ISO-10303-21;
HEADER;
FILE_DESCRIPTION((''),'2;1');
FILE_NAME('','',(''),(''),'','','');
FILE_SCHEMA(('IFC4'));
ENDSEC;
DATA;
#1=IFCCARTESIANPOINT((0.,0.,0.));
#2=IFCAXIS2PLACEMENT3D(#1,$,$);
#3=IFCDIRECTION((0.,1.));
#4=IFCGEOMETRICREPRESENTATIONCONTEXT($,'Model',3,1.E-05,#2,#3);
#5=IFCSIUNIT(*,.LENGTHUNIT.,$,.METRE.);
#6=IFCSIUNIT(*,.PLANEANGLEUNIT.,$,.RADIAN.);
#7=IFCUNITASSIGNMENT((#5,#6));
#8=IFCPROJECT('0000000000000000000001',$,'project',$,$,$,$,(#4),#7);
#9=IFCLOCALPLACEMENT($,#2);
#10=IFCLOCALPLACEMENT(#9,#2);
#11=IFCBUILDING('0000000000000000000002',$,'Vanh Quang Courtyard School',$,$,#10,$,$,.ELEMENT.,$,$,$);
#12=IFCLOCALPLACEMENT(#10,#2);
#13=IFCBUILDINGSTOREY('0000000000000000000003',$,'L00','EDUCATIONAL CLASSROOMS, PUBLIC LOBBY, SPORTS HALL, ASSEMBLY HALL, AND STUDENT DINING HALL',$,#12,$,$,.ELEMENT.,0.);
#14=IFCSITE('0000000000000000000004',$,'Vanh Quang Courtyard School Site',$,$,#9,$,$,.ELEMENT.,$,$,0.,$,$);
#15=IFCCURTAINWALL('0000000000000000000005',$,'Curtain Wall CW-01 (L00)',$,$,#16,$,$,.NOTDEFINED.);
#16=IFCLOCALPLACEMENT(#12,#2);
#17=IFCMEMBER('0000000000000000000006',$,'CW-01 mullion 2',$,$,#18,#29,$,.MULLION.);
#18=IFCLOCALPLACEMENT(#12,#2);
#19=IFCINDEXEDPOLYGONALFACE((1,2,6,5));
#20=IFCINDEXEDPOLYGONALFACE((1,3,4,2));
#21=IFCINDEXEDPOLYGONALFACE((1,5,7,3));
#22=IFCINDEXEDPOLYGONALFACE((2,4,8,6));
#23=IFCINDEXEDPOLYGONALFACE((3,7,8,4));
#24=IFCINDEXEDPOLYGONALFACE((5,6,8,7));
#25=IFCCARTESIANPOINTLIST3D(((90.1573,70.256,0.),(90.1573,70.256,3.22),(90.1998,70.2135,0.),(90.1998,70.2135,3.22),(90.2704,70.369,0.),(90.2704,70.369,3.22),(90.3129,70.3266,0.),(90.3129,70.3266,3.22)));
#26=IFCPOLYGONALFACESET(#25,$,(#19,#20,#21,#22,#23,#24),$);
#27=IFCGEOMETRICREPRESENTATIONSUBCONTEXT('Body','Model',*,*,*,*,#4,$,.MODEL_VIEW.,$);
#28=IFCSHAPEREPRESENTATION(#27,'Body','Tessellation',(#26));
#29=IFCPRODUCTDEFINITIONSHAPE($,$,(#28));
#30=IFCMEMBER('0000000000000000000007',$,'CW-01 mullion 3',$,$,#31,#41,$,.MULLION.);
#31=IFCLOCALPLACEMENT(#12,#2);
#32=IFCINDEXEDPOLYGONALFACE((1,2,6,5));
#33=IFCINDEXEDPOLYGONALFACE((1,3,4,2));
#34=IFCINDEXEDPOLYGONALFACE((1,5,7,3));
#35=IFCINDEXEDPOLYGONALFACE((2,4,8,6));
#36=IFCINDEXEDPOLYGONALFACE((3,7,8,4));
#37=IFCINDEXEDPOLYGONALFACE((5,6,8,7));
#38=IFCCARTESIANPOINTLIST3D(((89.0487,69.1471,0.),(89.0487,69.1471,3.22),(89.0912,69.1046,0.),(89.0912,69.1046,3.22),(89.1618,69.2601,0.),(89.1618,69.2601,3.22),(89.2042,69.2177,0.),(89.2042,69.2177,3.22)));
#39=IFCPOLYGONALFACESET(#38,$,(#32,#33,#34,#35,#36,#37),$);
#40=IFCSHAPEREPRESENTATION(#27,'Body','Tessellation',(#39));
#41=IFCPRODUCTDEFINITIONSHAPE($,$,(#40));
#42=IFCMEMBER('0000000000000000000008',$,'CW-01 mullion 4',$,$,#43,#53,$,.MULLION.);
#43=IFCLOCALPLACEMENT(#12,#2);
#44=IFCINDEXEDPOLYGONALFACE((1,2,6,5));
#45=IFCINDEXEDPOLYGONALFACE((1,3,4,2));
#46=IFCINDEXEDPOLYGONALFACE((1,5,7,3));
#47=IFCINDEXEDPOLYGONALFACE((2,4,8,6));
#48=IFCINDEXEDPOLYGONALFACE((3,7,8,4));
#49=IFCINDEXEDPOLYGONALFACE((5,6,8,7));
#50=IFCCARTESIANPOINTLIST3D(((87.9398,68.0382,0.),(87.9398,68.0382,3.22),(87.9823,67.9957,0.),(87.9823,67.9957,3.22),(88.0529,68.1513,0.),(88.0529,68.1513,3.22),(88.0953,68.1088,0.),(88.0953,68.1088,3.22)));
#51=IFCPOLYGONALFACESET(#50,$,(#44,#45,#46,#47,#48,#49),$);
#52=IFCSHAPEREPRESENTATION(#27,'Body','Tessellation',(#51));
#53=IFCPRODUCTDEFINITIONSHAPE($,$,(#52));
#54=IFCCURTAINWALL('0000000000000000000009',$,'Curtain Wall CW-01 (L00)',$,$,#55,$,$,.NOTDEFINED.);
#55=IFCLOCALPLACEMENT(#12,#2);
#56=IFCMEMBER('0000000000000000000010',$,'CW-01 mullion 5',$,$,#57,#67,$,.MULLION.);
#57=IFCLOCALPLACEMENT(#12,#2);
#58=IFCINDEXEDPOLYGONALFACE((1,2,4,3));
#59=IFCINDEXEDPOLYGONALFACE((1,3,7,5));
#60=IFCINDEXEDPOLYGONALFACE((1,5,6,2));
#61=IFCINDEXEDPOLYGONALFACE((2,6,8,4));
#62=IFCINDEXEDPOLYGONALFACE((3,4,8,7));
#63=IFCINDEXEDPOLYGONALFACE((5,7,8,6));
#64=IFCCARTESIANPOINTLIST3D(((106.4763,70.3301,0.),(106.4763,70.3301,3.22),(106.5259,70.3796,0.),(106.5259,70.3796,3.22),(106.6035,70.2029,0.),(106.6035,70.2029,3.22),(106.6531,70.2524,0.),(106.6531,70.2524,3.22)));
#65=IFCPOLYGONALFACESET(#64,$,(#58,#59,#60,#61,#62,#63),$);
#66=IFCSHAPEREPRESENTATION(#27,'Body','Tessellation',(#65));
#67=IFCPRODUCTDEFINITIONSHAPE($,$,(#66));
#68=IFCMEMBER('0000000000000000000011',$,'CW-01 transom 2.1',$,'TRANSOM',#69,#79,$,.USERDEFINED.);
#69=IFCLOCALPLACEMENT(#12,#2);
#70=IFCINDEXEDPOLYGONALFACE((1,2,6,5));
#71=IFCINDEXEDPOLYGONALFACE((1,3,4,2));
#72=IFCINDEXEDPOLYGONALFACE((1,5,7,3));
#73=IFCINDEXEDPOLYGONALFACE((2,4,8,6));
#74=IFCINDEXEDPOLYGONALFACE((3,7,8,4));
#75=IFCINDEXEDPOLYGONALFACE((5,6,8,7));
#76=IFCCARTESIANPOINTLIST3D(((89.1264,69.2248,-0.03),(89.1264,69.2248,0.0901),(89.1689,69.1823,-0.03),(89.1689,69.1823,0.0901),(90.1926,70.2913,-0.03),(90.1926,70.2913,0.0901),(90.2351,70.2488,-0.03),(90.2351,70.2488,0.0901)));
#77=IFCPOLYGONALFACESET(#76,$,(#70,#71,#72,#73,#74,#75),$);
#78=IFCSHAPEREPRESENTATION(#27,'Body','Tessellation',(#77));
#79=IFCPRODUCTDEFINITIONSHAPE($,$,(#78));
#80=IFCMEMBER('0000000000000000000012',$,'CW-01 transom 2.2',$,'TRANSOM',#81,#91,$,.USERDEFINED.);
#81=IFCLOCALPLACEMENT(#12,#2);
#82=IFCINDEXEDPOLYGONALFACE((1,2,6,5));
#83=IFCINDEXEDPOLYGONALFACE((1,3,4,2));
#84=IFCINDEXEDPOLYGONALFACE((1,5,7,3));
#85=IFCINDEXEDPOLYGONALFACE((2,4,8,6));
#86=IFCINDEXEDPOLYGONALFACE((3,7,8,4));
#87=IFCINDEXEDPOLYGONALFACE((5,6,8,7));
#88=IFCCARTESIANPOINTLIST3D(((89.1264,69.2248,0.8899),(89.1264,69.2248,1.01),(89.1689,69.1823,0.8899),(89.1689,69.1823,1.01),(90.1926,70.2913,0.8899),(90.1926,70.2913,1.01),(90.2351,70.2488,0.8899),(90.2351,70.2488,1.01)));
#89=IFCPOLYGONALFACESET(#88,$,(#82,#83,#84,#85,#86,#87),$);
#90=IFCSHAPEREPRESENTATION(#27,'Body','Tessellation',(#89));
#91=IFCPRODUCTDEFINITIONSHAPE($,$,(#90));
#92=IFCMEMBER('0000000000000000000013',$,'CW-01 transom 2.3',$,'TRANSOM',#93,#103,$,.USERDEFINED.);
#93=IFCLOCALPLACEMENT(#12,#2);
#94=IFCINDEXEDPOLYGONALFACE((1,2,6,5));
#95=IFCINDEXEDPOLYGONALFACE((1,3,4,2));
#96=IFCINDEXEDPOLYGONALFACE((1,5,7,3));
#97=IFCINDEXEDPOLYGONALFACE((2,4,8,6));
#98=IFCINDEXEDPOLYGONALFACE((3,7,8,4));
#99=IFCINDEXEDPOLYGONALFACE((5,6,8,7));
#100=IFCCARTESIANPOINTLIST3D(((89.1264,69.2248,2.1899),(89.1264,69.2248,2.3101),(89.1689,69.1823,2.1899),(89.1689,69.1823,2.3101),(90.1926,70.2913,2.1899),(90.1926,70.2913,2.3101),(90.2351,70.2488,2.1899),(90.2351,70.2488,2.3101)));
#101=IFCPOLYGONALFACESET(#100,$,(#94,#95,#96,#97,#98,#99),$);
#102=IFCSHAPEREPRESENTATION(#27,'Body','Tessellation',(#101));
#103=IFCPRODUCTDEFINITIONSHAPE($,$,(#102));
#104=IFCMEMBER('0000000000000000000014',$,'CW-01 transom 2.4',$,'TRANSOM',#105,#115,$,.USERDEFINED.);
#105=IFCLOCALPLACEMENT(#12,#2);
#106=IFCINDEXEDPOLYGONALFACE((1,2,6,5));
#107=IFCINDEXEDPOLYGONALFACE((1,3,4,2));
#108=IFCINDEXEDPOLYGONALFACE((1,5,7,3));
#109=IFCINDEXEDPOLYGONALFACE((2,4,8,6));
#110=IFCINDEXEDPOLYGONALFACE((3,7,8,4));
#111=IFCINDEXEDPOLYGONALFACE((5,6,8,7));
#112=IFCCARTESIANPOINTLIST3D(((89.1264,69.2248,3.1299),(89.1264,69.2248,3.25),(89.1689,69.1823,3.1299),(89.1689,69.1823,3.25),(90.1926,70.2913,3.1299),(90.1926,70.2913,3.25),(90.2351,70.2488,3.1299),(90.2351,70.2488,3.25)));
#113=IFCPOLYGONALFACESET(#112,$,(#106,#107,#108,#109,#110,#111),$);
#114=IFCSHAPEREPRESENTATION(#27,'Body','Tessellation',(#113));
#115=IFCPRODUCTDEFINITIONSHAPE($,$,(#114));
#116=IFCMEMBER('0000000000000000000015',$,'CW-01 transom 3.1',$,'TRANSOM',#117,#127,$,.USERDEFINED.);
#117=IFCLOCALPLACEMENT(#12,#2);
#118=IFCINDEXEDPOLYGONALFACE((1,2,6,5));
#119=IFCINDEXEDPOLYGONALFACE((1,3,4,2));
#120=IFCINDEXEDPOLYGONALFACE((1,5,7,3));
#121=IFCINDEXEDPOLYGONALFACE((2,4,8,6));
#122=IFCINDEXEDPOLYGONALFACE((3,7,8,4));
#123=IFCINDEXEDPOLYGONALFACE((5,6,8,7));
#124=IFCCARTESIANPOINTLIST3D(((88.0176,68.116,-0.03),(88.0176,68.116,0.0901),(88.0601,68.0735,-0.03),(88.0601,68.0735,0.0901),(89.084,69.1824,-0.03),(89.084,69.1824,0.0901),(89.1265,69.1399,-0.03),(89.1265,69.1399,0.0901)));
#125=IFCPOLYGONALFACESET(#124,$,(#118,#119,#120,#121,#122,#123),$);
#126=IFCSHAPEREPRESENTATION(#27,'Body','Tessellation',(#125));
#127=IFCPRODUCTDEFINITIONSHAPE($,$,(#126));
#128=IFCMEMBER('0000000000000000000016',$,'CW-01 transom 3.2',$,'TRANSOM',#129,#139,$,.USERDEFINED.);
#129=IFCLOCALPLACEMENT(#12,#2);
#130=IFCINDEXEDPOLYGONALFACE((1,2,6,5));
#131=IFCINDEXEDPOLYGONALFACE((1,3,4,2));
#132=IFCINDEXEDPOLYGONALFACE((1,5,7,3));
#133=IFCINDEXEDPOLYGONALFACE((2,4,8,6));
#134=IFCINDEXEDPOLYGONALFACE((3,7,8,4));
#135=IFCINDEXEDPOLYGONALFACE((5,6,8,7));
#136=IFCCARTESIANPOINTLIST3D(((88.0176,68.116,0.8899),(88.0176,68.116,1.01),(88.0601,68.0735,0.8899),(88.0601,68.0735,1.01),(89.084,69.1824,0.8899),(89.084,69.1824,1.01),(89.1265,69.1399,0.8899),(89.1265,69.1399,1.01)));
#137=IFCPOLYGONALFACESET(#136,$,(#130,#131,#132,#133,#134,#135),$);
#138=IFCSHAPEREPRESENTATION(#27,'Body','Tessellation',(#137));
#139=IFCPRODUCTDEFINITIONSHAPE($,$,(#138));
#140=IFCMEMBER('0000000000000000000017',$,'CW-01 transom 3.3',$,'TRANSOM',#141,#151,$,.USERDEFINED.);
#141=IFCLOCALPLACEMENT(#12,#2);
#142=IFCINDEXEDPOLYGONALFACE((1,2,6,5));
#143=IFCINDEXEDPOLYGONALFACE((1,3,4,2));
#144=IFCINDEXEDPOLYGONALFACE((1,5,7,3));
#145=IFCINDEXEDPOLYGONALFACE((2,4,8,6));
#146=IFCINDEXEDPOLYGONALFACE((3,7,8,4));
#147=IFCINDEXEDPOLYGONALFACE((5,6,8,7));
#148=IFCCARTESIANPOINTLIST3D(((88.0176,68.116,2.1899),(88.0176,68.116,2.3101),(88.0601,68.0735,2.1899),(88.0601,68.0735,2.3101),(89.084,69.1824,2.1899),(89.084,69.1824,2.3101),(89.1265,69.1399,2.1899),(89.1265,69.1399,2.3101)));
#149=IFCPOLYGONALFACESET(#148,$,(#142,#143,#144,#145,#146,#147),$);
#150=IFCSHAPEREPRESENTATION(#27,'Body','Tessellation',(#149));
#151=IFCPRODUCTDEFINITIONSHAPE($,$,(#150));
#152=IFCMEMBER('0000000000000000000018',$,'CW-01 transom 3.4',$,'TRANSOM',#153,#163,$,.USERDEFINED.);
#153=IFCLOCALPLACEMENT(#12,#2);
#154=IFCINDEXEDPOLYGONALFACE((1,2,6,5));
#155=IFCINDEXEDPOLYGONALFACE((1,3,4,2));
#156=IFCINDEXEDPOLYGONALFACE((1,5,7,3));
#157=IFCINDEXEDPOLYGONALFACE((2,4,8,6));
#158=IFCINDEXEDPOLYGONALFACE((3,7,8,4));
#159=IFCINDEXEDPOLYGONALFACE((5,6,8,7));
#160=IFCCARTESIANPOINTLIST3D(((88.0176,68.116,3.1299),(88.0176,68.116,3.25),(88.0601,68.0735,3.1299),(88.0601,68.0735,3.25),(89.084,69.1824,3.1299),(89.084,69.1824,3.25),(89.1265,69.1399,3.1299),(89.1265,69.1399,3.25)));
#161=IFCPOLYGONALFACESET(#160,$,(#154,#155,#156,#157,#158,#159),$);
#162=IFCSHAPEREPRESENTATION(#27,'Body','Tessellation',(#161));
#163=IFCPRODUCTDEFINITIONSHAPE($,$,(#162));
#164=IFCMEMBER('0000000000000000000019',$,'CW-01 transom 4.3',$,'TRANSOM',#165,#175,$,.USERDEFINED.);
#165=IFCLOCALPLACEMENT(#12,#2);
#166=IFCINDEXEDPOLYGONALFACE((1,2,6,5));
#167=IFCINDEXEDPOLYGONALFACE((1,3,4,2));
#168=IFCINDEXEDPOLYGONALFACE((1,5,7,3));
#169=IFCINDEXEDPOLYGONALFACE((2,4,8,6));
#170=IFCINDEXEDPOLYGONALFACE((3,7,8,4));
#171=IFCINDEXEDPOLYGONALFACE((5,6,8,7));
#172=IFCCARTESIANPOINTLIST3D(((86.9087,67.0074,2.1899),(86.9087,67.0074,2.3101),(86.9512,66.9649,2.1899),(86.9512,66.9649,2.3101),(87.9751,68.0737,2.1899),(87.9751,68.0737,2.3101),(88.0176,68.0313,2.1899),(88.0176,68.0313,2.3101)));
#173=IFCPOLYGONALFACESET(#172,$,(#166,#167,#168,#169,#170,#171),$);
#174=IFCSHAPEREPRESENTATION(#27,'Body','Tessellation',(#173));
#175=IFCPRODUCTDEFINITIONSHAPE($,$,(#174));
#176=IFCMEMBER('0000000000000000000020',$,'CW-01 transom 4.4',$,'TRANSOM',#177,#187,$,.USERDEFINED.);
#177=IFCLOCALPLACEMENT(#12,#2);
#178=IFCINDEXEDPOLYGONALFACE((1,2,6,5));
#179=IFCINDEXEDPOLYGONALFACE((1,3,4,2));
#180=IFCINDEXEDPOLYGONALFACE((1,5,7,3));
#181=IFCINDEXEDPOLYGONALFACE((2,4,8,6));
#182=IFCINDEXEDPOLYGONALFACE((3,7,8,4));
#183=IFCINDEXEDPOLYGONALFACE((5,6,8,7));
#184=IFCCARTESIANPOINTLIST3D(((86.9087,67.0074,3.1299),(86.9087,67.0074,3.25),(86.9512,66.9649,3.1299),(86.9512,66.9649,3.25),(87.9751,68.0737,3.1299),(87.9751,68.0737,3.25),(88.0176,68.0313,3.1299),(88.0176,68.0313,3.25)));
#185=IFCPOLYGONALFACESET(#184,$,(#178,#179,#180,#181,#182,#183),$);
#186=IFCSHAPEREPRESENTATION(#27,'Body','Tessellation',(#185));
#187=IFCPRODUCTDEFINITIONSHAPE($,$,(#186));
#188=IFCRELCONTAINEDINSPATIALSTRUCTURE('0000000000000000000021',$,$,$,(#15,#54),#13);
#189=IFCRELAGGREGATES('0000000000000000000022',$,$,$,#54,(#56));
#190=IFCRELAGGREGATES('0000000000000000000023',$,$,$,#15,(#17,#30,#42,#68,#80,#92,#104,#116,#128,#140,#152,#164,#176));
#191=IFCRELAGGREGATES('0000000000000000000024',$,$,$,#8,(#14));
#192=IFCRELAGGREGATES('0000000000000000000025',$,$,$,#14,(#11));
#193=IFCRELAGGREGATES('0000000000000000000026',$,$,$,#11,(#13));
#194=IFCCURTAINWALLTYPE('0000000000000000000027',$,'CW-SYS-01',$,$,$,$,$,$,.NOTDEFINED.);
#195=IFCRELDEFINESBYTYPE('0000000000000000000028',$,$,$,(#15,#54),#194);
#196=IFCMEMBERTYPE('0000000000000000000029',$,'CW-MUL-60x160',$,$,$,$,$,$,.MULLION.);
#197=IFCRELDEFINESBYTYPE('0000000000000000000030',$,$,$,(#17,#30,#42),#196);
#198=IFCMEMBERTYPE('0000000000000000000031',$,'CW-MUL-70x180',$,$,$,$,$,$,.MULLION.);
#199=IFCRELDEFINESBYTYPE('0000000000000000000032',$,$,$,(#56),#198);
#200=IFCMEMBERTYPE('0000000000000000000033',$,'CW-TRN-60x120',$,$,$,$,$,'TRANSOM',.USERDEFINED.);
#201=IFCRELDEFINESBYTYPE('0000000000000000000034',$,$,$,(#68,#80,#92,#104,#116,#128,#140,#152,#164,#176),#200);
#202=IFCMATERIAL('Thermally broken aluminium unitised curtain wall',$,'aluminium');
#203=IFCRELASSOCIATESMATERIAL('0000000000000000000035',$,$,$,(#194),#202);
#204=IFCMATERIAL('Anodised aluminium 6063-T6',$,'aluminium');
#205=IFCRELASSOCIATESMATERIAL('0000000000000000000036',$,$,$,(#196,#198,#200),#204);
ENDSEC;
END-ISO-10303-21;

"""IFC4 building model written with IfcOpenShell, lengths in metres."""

from ifc_helpers import new_model, si_unit, direction, frame, origin, origin_2d, place, context, subcontext, project, spatial, rectangle, extrude, material, material_profile, profile_set, type_object, element, aggregate, save


model = new_model("IFC4")

# Units and contexts
model_context = context("Model", 3, precision=1e-05, world=origin(), true_north=direction((0.0, 1.0)))
body_context = subcontext(model_context, "Body", "Model", "MODEL_VIEW")
ifc_project = project(units=[si_unit("LENGTHUNIT", "METRE"), si_unit("PLANEANGLEUNIT", "RADIAN")], contexts=[model_context])

# Site, building, storey
site_placement = place(None, origin())
site = spatial("IfcSite", under=ifc_project, at=site_placement, Name="Vanh Quang Courtyard School Site", CompositionType="ELEMENT", RefElevation=0.0)
building_placement = place(site_placement, origin())
building = spatial("IfcBuilding", under=site, at=building_placement, Name="Vanh Quang Courtyard School", CompositionType="ELEMENT")
storey_placement = place(building_placement, origin())
storey = spatial("IfcBuildingStorey", under=building, at=storey_placement, Name="L00", Description="EDUCATIONAL CLASSROOMS, PUBLIC LOBBY, SPORTS HALL, ASSEMBLY HALL, AND STUDENT DINING HALL", CompositionType="ELEMENT", Elevation=0.0)

# Curtain wall, members
ifc_material_1 = material(Name="Thermally broken aluminium unitised curtain wall", Category="aluminium")
curtain_wall_type = type_object("IfcCurtainWallType", Name="CW-SYS-01", PredefinedType="NOTDEFINED", material=ifc_material_1)
curtain_wall_1_placement = place(storey_placement, origin())
curtain_wall_1 = element("IfcCurtainWall", 1, at=curtain_wall_1_placement, inside=storey, type_object=curtain_wall_type, Name="Curtain Wall CW-01 (L00)", PredefinedType="NOTDEFINED")
ifc_material_2 = material(Name="Anodised aluminium 6063-T6", Category="aluminium")
ifc_material_profile_1 = material_profile(ifc_material_2, rectangle(XDim=0.0601, YDim=0.1599, at=origin_2d()), Name="ALU-MUL 60x160")
ifc_profile_set_1 = profile_set([ifc_material_profile_1], Name="Anodised aluminium 6063-T6")
member_type_1 = type_object("IfcMemberType", Name="CW-MUL-60x160", PredefinedType="MULLION", material=ifc_profile_set_1)
member_1_placement = place(storey_placement, frame((90.2351, 70.2913, 0.0), z_axis=(0.0, 0.0, 1.0), x_axis=(0.707107, -0.707107, 0.0)))
member_1 = element("IfcMember", 2, at=member_1_placement, type_object=member_type_1, Name="CW-01 mullion 2", PredefinedType="MULLION", context=body_context, shape_type="SweptSolid", body=[
    extrude(rectangle(XDim=0.0601, YDim=0.1599, at=origin_2d()), origin(), (0.0, 0.0, 1.0), 3.22),
])
member_2_placement = place(storey_placement, frame((89.1265, 69.1824, 0.0), z_axis=(0.0, 0.0, 1.0), x_axis=(0.707107, -0.707107, 0.0)))
member_2 = element("IfcMember", 3, at=member_2_placement, type_object=member_type_1, Name="CW-01 mullion 3", PredefinedType="MULLION", context=body_context, shape_type="SweptSolid", body=[
    extrude(rectangle(XDim=0.0601, YDim=0.1599, at=origin_2d()), origin(), (0.0, 0.0, 1.0), 3.22),
])
member_3_placement = place(storey_placement, frame((88.0176, 68.0735, 0.0), z_axis=(0.0, 0.0, 1.0), x_axis=(0.707107, -0.707107, 0.0)))
member_3 = element("IfcMember", 4, at=member_3_placement, type_object=member_type_1, Name="CW-01 mullion 4", PredefinedType="MULLION", context=body_context, shape_type="SweptSolid", body=[
    extrude(rectangle(XDim=0.0601, YDim=0.1599, at=origin_2d()), origin(), (0.0, 0.0, 1.0), 3.22),
])

# Curtain wall, member
curtain_wall_2_placement = place(storey_placement, origin())
curtain_wall_2 = element("IfcCurtainWall", 5, at=curtain_wall_2_placement, inside=storey, type_object=curtain_wall_type, Name="Curtain Wall CW-01 (L00)", PredefinedType="NOTDEFINED")
ifc_material_profile_2 = material_profile(ifc_material_2, rectangle(XDim=0.0701, YDim=0.1799, at=origin_2d()), Name="ALU-MUL 70x180")
ifc_profile_set_2 = profile_set([ifc_material_profile_2], Name="Anodised aluminium 6063-T6")
member_type_2 = type_object("IfcMemberType", Name="CW-MUL-70x180", PredefinedType="MULLION", material=ifc_profile_set_2)
member_4_placement = place(storey_placement, frame((106.5647, 70.2913, 0.0), z_axis=(0.0, 0.0, 1.0), x_axis=(-0.707107, -0.707107, 0.0)))
member_4 = element("IfcMember", 6, at=member_4_placement, type_object=member_type_2, Name="CW-01 mullion 5", PredefinedType="MULLION", context=body_context, shape_type="SweptSolid", body=[
    extrude(rectangle(XDim=0.0701, YDim=0.1799, at=origin_2d()), origin(), (0.0, 0.0, 1.0), 3.22),
])

# Members
ifc_material_profile_3 = material_profile(ifc_material_2, rectangle(XDim=0.0601, YDim=0.1201, at=origin_2d()), Name="ALU-TRN 60x120")
ifc_profile_set_3 = profile_set([ifc_material_profile_3], Name="Anodised aluminium 6063-T6")
member_type_3 = type_object("IfcMemberType", Name="CW-TRN-60x120", ElementType="TRANSOM", PredefinedType="USERDEFINED", material=ifc_profile_set_3)
member_5_placement = place(storey_placement, frame((90.2139, 70.27, 0.03), z_axis=(-0.707026, -0.707188, 0.0), x_axis=(0.707188, -0.707026, 0.0)))
member_5 = element("IfcMember", 7, at=member_5_placement, type_object=member_type_3, Name="CW-01 transom 2.1", ObjectType="TRANSOM", PredefinedType="USERDEFINED", context=body_context, shape_type="SweptSolid", body=[
    extrude(rectangle(XDim=0.0601, YDim=0.1201, at=origin_2d()), origin(), (0.0, 0.0, 1.0), 1.5081),
])
member_6_placement = place(storey_placement, frame((90.2139, 70.27, 0.95), z_axis=(-0.707026, -0.707188, 0.0), x_axis=(0.707188, -0.707026, 0.0)))
member_6 = element("IfcMember", 8, at=member_6_placement, type_object=member_type_3, Name="CW-01 transom 2.2", ObjectType="TRANSOM", PredefinedType="USERDEFINED", context=body_context, shape_type="SweptSolid", body=[
    extrude(rectangle(XDim=0.0601, YDim=0.1201, at=origin_2d()), origin(), (0.0, 0.0, 1.0), 1.5081),
])
member_7_placement = place(storey_placement, frame((90.2139, 70.27, 2.25), z_axis=(-0.707026, -0.707188, 0.0), x_axis=(0.707188, -0.707026, 0.0)))
member_7 = element("IfcMember", 9, at=member_7_placement, type_object=member_type_3, Name="CW-01 transom 2.3", ObjectType="TRANSOM", PredefinedType="USERDEFINED", context=body_context, shape_type="SweptSolid", body=[
    extrude(rectangle(XDim=0.0601, YDim=0.1201, at=origin_2d()), origin(), (0.0, 0.0, 1.0), 1.5081),
])
member_8_placement = place(storey_placement, frame((90.2139, 70.27, 3.1899), z_axis=(-0.707026, -0.707188, 0.0), x_axis=(0.707188, -0.707026, 0.0)))
member_8 = element("IfcMember", 10, at=member_8_placement, type_object=member_type_3, Name="CW-01 transom 2.4", ObjectType="TRANSOM", PredefinedType="USERDEFINED", context=body_context, shape_type="SweptSolid", body=[
    extrude(rectangle(XDim=0.0601, YDim=0.1201, at=origin_2d()), origin(), (0.0, 0.0, 1.0), 1.5081),
])
member_9_placement = place(storey_placement, frame((89.1052, 69.1611, 0.03), z_axis=(-0.707107, -0.707107, 0.0), x_axis=(0.707107, -0.707107, 0.0)))
member_9 = element("IfcMember", 11, at=member_9_placement, type_object=member_type_3, Name="CW-01 transom 3.1", ObjectType="TRANSOM", PredefinedType="USERDEFINED", context=body_context, shape_type="SweptSolid", body=[
    extrude(rectangle(XDim=0.0601, YDim=0.1201, at=origin_2d()), origin(), (0.0, 0.0, 1.0), 1.5081),
])
member_10_placement = place(storey_placement, frame((89.1052, 69.1611, 0.95), z_axis=(-0.707107, -0.707107, 0.0), x_axis=(0.707107, -0.707107, 0.0)))
member_10 = element("IfcMember", 12, at=member_10_placement, type_object=member_type_3, Name="CW-01 transom 3.2", ObjectType="TRANSOM", PredefinedType="USERDEFINED", context=body_context, shape_type="SweptSolid", body=[
    extrude(rectangle(XDim=0.0601, YDim=0.1201, at=origin_2d()), origin(), (0.0, 0.0, 1.0), 1.5081),
])
member_11_placement = place(storey_placement, frame((89.1052, 69.1611, 2.25), z_axis=(-0.707107, -0.707107, 0.0), x_axis=(0.707107, -0.707107, 0.0)))
member_11 = element("IfcMember", 13, at=member_11_placement, type_object=member_type_3, Name="CW-01 transom 3.3", ObjectType="TRANSOM", PredefinedType="USERDEFINED", context=body_context, shape_type="SweptSolid", body=[
    extrude(rectangle(XDim=0.0601, YDim=0.1201, at=origin_2d()), origin(), (0.0, 0.0, 1.0), 1.5081),
])
member_12_placement = place(storey_placement, frame((89.1052, 69.1611, 3.1899), z_axis=(-0.707107, -0.707107, 0.0), x_axis=(0.707107, -0.707107, 0.0)))
member_12 = element("IfcMember", 14, at=member_12_placement, type_object=member_type_3, Name="CW-01 transom 3.4", ObjectType="TRANSOM", PredefinedType="USERDEFINED", context=body_context, shape_type="SweptSolid", body=[
    extrude(rectangle(XDim=0.0601, YDim=0.1201, at=origin_2d()), origin(), (0.0, 0.0, 1.0), 1.5081),
])
member_13_placement = place(storey_placement, frame((87.9963, 68.0525, 2.25), z_axis=(-0.707107, -0.707107, 0.0), x_axis=(0.707107, -0.707107, 0.0)))
member_13 = element("IfcMember", 15, at=member_13_placement, type_object=member_type_3, Name="CW-01 transom 4.3", ObjectType="TRANSOM", PredefinedType="USERDEFINED", context=body_context, shape_type="SweptSolid", body=[
    extrude(rectangle(XDim=0.0601, YDim=0.1201, at=origin_2d()), origin(), (0.0, 0.0, 1.0), 1.5081),
])
member_14_placement = place(storey_placement, frame((87.9963, 68.0525, 3.1899), z_axis=(-0.707107, -0.707107, 0.0), x_axis=(0.707107, -0.707107, 0.0)))
member_14 = element("IfcMember", 16, at=member_14_placement, type_object=member_type_3, Name="CW-01 transom 4.4", ObjectType="TRANSOM", PredefinedType="USERDEFINED", context=body_context, shape_type="SweptSolid", body=[
    extrude(rectangle(XDim=0.0601, YDim=0.1201, at=origin_2d()), origin(), (0.0, 0.0, 1.0), 1.5081),
])

aggregate(curtain_wall_2, [member_4])
aggregate(curtain_wall_1, [member_1, member_2, member_3, member_5, member_6, member_7, member_8, member_9, member_10, member_11, member_12, member_13, member_14])

save(model, "model.ifc")
